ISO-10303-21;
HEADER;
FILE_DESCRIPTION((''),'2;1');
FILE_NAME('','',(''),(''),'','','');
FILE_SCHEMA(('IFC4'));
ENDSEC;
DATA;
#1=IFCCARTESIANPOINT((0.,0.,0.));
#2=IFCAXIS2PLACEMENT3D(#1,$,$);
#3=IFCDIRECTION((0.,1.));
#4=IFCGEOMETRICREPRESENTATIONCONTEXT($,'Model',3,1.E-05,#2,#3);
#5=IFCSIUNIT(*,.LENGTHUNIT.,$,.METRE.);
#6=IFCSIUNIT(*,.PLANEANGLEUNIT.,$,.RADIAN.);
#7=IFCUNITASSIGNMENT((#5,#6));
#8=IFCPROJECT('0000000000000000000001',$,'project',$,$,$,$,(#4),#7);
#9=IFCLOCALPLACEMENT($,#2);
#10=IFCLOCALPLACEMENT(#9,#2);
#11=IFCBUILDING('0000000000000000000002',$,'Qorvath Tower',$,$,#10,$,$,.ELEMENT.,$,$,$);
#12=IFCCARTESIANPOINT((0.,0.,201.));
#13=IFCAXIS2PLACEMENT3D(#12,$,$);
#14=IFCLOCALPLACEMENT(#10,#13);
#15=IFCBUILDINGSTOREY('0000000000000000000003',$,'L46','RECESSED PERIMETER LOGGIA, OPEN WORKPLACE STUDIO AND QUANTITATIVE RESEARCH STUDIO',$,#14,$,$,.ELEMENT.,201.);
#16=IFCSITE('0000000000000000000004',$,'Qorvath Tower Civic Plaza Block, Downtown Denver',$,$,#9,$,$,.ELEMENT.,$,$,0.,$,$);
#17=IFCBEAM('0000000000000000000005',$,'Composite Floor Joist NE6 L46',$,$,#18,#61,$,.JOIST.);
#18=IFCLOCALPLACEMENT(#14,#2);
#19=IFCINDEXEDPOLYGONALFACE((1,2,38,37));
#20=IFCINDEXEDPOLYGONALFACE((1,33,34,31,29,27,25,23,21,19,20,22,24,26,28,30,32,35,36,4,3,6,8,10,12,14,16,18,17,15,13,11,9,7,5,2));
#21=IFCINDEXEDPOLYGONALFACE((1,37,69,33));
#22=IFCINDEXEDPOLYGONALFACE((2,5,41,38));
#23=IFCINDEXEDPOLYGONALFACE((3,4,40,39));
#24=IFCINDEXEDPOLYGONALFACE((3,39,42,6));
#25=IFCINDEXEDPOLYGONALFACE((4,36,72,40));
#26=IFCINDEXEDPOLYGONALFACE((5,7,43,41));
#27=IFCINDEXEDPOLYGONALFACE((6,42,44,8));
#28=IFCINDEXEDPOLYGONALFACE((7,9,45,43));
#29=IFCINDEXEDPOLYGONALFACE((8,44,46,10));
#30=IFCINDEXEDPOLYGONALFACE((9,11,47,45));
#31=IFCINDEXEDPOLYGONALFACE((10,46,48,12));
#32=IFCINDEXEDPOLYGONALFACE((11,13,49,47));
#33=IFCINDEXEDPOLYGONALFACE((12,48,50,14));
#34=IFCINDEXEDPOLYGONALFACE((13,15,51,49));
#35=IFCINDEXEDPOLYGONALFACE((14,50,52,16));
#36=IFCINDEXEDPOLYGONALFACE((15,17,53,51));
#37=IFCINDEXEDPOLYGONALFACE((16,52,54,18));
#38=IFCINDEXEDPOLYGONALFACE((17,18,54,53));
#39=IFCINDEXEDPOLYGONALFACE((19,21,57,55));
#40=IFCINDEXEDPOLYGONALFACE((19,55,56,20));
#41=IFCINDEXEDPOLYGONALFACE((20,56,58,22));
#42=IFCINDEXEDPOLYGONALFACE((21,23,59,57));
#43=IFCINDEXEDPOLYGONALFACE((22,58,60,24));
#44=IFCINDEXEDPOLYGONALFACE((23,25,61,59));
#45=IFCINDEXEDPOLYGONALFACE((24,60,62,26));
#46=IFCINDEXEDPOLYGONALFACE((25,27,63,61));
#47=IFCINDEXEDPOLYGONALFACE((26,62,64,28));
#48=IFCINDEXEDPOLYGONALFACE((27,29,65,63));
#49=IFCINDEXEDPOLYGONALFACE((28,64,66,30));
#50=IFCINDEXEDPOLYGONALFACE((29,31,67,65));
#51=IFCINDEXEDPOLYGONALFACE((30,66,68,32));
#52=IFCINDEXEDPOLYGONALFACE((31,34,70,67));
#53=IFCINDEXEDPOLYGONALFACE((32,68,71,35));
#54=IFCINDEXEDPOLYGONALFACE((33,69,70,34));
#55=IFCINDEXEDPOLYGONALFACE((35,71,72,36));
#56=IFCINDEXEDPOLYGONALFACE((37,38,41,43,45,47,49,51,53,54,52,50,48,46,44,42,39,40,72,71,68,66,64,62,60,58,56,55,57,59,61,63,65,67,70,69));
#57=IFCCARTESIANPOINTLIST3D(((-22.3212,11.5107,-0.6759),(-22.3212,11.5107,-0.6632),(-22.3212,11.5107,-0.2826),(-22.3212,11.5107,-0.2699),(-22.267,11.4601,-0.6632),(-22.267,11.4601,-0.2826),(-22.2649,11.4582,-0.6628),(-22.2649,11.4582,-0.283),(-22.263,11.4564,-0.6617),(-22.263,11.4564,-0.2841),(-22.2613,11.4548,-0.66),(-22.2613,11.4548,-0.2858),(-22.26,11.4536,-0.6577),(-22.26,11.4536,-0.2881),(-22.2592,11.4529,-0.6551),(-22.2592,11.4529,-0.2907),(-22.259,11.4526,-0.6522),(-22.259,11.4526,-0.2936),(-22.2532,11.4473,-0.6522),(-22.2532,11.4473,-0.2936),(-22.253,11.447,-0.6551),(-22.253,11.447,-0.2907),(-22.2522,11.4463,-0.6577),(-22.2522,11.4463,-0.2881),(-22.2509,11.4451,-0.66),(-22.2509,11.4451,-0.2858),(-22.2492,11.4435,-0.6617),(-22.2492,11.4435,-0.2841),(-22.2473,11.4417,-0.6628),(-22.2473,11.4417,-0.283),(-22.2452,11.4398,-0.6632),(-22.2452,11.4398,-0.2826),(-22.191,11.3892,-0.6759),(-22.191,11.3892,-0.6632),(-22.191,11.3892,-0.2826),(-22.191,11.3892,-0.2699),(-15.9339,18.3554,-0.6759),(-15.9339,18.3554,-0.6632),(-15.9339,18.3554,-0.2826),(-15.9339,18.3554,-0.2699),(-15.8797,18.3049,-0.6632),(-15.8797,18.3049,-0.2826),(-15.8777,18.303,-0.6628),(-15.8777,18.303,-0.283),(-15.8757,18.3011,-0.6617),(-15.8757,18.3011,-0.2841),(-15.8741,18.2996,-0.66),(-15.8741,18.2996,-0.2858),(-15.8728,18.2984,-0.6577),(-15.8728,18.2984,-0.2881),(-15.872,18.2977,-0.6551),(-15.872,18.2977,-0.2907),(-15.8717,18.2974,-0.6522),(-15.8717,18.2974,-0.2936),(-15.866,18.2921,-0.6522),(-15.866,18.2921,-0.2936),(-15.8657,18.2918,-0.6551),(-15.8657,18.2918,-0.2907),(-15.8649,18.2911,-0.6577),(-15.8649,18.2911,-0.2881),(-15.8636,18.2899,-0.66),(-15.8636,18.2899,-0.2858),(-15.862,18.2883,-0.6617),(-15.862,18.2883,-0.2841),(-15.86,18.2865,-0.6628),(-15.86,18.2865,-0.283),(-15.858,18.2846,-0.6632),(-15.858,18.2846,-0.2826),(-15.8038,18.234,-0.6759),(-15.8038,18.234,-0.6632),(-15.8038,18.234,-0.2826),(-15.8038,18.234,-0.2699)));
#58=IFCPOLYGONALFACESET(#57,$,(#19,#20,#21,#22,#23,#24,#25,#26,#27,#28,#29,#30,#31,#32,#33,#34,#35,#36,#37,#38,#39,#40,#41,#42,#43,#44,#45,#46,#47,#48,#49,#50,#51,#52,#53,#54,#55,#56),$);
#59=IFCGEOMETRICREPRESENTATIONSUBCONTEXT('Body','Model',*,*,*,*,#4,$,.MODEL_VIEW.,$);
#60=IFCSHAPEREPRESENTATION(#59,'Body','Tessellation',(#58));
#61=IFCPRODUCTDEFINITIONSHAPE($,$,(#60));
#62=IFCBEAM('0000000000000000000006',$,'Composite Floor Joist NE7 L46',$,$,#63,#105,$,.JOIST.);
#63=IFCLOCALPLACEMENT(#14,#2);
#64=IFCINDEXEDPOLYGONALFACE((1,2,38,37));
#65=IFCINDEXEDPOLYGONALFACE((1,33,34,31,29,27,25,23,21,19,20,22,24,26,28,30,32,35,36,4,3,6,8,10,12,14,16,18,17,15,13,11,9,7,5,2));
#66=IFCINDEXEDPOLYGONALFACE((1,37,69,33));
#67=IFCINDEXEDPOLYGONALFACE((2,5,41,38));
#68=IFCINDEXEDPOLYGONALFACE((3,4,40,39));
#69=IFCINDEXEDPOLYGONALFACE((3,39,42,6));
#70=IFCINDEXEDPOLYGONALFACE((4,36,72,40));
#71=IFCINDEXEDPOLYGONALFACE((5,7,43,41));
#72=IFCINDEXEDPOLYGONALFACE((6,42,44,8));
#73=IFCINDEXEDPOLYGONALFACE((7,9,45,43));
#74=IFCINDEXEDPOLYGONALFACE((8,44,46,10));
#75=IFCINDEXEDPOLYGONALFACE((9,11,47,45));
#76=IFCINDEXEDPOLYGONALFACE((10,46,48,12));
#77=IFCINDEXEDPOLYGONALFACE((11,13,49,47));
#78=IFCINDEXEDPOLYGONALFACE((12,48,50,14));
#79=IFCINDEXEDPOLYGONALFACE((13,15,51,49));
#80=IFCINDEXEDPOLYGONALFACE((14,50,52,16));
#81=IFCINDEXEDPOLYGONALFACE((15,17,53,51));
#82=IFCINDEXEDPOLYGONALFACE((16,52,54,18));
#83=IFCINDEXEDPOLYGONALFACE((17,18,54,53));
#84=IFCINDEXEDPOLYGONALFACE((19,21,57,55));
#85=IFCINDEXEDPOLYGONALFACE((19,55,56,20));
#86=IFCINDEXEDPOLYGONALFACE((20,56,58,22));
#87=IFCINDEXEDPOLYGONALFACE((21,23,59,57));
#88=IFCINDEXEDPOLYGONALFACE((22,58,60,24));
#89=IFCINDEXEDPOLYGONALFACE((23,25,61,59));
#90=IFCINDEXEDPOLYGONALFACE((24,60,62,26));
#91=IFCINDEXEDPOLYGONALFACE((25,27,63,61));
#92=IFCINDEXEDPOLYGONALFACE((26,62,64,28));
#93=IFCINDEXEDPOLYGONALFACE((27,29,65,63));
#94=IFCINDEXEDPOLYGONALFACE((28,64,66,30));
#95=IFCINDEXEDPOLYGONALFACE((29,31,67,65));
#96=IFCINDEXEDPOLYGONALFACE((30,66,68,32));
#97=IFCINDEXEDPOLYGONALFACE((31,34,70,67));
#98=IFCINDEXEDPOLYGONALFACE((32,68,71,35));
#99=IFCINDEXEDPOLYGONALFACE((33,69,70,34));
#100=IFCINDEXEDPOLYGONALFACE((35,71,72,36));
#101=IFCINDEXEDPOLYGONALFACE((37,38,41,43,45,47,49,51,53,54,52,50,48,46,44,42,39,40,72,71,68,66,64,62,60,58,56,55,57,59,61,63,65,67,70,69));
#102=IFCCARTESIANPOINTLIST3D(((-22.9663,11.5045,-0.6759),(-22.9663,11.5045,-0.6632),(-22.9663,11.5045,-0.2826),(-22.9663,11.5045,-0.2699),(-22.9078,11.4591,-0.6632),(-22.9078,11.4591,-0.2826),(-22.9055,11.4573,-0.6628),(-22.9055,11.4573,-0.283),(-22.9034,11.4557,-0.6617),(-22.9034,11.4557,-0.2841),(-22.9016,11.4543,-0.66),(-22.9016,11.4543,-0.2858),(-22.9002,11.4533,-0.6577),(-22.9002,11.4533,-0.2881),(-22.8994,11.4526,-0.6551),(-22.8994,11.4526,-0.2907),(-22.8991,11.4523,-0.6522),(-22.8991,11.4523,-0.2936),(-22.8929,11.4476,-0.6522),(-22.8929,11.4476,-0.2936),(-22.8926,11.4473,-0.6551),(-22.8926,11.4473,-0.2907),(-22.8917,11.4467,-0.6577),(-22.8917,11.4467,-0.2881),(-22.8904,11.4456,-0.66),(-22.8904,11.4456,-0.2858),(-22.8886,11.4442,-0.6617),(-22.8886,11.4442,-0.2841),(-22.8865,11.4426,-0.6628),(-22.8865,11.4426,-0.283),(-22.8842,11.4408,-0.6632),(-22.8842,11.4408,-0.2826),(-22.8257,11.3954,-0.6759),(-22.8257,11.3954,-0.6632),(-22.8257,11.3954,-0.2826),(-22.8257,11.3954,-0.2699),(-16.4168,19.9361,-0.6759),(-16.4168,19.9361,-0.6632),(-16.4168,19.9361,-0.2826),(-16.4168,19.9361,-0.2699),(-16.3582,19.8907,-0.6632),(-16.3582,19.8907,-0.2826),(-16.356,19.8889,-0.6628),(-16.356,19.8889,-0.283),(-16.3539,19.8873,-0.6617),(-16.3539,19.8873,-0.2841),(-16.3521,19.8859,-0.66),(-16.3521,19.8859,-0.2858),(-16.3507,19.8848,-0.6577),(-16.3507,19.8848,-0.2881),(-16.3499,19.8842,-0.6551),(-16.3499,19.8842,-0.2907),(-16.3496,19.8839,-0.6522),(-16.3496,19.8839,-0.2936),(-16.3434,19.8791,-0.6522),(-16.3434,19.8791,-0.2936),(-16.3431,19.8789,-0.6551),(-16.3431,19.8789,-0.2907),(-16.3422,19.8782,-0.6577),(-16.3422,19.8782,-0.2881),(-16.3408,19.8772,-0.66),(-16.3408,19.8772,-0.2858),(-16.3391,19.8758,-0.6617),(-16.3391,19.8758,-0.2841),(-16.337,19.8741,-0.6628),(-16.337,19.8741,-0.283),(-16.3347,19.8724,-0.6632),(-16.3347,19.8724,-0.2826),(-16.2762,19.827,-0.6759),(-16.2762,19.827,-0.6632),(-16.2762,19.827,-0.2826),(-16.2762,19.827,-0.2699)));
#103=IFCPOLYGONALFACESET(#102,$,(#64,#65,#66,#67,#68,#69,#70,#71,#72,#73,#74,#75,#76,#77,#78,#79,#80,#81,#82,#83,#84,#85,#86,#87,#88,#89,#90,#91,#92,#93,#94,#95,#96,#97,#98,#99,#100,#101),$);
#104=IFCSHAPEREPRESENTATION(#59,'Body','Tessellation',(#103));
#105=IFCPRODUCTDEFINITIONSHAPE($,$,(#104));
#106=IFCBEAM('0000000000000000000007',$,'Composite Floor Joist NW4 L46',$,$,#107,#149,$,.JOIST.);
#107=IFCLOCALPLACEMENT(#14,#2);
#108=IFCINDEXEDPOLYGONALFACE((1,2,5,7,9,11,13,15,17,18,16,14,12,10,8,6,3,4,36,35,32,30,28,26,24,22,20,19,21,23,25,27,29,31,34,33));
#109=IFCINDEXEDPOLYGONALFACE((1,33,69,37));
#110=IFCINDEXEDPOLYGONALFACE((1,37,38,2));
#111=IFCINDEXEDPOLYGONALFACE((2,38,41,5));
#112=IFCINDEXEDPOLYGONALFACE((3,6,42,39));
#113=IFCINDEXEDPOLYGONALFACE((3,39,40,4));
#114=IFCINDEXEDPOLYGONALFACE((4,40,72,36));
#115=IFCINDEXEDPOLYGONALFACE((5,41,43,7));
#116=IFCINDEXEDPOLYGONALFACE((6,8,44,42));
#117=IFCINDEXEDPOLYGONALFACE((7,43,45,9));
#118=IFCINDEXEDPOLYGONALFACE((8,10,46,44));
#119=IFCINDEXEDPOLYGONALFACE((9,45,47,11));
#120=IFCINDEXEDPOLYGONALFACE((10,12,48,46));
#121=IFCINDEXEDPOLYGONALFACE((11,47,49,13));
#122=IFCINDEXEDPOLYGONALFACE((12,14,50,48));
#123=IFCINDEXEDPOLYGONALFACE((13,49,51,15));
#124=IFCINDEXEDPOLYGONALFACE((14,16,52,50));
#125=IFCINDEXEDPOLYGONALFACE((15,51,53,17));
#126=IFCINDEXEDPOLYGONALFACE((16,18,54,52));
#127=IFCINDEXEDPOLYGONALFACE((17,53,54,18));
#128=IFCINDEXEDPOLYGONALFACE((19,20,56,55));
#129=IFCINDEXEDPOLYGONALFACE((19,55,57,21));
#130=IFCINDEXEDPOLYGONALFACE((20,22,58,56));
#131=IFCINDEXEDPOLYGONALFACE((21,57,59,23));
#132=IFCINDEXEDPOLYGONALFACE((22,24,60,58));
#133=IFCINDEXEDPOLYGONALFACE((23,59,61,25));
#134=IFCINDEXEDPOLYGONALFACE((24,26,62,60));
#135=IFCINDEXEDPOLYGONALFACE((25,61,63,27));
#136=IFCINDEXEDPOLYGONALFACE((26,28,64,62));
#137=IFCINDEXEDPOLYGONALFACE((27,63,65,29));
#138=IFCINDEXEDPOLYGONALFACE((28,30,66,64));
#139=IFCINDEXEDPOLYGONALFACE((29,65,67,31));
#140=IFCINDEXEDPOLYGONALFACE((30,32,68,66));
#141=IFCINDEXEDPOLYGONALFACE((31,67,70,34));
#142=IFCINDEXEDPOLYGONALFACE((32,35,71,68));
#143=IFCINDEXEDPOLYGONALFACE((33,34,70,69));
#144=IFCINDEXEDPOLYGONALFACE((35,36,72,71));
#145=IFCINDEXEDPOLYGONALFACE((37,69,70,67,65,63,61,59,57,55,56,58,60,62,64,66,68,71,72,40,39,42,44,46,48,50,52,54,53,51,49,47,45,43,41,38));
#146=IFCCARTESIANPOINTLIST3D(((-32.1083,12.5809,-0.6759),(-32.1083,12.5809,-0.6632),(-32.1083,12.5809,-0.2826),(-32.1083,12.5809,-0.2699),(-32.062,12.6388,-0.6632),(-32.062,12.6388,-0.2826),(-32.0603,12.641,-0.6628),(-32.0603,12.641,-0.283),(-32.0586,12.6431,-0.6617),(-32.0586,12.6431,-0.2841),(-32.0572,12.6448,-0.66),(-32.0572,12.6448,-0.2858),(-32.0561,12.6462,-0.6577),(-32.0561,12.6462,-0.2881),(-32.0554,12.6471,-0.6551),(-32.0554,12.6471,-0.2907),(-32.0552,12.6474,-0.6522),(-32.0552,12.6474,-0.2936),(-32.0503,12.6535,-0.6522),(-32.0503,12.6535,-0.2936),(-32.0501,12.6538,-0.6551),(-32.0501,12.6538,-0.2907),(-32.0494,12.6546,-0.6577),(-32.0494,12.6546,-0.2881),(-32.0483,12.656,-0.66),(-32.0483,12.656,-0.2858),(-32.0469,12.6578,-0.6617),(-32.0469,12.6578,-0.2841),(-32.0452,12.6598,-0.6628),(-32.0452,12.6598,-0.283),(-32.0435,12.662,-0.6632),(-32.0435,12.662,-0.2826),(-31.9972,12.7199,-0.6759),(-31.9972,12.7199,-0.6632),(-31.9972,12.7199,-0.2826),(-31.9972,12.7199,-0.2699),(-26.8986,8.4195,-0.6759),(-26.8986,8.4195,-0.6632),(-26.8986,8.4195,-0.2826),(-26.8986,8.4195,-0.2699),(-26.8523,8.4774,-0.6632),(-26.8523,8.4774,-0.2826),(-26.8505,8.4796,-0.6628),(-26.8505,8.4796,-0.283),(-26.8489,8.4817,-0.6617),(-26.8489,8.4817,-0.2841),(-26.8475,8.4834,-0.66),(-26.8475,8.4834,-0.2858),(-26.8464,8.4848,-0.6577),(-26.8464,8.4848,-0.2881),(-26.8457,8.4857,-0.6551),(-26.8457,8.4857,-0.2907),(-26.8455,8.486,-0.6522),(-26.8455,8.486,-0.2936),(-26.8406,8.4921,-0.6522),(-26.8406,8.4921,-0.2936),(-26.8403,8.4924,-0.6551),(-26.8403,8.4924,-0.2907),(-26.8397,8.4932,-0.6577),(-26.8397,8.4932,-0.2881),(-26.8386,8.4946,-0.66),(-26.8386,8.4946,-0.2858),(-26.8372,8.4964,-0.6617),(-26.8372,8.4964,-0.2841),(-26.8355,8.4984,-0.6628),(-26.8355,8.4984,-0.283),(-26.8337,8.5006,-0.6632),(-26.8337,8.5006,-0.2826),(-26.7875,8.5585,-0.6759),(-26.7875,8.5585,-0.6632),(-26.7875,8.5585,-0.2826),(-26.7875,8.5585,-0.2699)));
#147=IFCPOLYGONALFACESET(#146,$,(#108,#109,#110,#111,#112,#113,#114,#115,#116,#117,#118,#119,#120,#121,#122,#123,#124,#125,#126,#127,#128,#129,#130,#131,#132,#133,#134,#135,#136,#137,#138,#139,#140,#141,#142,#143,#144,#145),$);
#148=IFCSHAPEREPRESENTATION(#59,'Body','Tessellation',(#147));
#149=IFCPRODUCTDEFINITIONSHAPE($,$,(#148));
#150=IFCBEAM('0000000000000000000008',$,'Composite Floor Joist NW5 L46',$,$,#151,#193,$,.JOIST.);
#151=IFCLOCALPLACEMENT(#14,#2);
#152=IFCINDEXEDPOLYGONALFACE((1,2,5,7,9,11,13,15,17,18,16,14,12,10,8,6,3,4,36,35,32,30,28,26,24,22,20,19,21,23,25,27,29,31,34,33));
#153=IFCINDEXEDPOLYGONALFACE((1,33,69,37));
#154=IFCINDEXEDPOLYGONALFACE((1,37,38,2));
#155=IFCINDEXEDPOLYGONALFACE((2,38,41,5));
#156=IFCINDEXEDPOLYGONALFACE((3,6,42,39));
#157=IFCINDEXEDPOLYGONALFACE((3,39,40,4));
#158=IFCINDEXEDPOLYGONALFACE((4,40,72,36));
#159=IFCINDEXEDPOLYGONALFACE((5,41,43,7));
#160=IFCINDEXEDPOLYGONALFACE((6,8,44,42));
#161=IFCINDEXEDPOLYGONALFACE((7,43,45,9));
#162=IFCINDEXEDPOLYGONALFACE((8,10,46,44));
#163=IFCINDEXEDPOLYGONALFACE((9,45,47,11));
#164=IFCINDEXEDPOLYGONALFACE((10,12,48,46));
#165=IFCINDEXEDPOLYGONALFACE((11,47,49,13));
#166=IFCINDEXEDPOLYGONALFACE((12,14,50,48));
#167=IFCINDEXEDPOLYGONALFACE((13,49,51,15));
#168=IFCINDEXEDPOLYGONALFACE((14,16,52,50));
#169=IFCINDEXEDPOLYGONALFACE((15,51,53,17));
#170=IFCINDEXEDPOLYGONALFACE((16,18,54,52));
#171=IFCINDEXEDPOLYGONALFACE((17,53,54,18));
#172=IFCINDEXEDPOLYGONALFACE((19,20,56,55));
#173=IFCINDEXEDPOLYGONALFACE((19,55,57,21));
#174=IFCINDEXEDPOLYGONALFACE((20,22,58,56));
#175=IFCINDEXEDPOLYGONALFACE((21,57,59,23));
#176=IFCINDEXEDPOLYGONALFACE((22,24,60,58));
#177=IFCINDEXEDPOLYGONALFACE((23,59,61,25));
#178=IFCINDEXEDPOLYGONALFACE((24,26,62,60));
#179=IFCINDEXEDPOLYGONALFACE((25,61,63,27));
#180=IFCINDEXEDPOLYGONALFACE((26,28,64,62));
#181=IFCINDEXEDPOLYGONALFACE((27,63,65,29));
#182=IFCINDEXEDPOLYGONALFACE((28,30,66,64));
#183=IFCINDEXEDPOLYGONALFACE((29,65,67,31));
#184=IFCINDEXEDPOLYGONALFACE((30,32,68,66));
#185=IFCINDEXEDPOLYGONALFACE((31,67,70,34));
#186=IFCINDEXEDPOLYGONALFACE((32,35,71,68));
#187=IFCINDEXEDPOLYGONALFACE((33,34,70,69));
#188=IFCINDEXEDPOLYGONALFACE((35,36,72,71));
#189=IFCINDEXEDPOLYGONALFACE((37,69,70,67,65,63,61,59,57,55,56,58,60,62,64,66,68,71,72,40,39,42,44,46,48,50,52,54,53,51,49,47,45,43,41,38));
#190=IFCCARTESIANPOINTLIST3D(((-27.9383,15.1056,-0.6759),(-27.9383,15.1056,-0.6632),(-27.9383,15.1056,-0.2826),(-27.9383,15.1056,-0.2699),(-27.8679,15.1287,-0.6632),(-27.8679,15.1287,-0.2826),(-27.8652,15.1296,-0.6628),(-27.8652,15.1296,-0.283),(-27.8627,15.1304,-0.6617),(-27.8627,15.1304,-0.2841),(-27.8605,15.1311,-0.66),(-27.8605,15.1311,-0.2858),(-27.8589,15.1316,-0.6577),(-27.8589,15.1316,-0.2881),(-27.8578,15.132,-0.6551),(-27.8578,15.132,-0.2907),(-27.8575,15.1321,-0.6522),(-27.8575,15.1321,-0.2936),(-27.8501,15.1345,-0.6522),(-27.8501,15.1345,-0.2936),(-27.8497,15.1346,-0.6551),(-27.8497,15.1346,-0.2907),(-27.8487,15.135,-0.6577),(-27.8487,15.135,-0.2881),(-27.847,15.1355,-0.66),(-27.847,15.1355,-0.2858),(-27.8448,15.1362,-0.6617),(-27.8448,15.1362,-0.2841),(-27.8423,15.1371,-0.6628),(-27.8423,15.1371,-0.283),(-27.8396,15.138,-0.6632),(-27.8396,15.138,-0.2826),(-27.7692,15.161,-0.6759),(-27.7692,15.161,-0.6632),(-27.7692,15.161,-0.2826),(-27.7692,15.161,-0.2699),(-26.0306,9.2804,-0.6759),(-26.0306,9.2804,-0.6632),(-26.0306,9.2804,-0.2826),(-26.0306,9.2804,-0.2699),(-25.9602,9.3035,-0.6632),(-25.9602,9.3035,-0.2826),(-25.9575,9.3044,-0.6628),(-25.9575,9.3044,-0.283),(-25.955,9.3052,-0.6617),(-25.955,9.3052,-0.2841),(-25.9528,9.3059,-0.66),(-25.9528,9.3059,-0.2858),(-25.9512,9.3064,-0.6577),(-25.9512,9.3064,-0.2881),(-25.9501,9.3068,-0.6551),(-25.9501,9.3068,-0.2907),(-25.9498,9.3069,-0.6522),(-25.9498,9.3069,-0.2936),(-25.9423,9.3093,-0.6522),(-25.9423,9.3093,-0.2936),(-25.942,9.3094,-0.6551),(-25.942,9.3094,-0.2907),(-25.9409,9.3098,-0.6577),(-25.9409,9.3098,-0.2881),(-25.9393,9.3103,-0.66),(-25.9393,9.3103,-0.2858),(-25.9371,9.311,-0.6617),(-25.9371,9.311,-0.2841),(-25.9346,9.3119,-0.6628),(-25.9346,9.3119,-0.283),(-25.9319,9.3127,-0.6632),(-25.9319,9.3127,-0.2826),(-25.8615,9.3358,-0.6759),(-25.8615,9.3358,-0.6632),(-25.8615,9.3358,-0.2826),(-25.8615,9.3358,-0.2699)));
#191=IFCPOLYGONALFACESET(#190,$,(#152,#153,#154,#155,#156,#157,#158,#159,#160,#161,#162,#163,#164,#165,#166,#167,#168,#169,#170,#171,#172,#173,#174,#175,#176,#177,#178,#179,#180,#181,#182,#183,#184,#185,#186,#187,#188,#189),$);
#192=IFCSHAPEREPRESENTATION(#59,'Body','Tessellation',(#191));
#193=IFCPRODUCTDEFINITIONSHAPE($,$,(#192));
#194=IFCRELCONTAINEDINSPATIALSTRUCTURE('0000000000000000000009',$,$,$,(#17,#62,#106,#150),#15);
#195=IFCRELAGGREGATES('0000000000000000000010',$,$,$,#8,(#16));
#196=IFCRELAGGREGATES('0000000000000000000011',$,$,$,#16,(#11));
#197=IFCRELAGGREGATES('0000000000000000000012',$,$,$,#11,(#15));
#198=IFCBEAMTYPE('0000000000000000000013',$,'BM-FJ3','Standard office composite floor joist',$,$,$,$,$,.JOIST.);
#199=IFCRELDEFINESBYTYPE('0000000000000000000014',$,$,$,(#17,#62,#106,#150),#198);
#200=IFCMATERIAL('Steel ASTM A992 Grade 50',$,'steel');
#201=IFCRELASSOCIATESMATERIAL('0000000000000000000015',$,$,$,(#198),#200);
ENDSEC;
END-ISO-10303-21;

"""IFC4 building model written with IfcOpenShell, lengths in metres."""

from ifc_helpers import new_model, si_unit, direction, frame, origin, origin_2d, place, context, subcontext, project, spatial, i_section, extrude, material, material_profile, profile_set, type_object, element, save


model = new_model("IFC4")

# Units and contexts
model_context = context("Model", 3, precision=1e-05, world=origin(), true_north=direction((0.0, 1.0)))
body_context = subcontext(model_context, "Body", "Model", "MODEL_VIEW")
ifc_project = project(units=[si_unit("LENGTHUNIT", "METRE"), si_unit("PLANEANGLEUNIT", "RADIAN")], contexts=[model_context])

# Site, building, storey
site_placement = place(None, origin())
site = spatial("IfcSite", under=ifc_project, at=site_placement, Name="Qorvath Tower Civic Plaza Block, Downtown Denver", CompositionType="ELEMENT", RefElevation=0.0)
building_placement = place(site_placement, origin())
building = spatial("IfcBuilding", under=site, at=building_placement, Name="Qorvath Tower", CompositionType="ELEMENT")
storey_placement = place(building_placement, frame((0.0, 0.0, 201.0)))
storey = spatial("IfcBuildingStorey", under=building, at=storey_placement, Name="L46", Description="RECESSED PERIMETER LOGGIA, OPEN WORKPLACE STUDIO AND QUANTITATIVE RESEARCH STUDIO", CompositionType="ELEMENT", Elevation=201.0)

# Beams
ifc_material_1 = material(Name="Steel ASTM A992 Grade 50", Category="steel")
ifc_material_profile_1 = material_profile(ifc_material_1, i_section(OverallWidth=0.178, OverallDepth=0.406, WebThickness=0.0078, FlangeThickness=0.0127, FilletRadius=0.011, at=origin_2d()), Name="W16x40")
ifc_profile_set_1 = profile_set([ifc_material_profile_1], Name="Steel ASTM A992 Grade 50")
beam_type_1 = type_object("IfcBeamType", Name="BM-FJ3", Description="Standard office composite floor joist", PredefinedType="JOIST", material=ifc_profile_set_1)
beam_1_placement = place(storey_placement, frame((-22.2561, 11.45, -0.4729), z_axis=(0.682249, 0.731119, 0.0), x_axis=(-0.731119, 0.682249, 0.0)))
element("IfcBeam", 1, at=beam_1_placement, inside=storey, type_object=beam_type_1, Name="Composite Floor Joist NE6 L46", PredefinedType="JOIST", context=body_context, shape_type="SweptSolid", body=[
    extrude(i_section(OverallWidth=0.178, OverallDepth=0.406, WebThickness=0.0078, FlangeThickness=0.0127, FilletRadius=0.011, at=origin_2d()), origin(), (0.0, 0.0, 1.0), 9.3621),
])
beam_2_placement = place(storey_placement, frame((-22.896, 11.45, -0.4729), z_axis=(0.613451, 0.789733, 0.0), x_axis=(-0.789733, 0.613451, 0.0)))
element("IfcBeam", 2, at=beam_2_placement, inside=storey, type_object=beam_type_1, Name="Composite Floor Joist NE7 L46", PredefinedType="JOIST", context=body_context, shape_type="SweptSolid", body=[
    extrude(i_section(OverallWidth=0.178, OverallDepth=0.406, WebThickness=0.0078, FlangeThickness=0.0127, FilletRadius=0.011, at=origin_2d()), origin(), (0.0, 0.0, 1.0), 10.6765),
])
beam_3_placement = place(storey_placement, frame((-26.843, 8.489, -0.4729), z_axis=(-0.781337, 0.62411, 0.0), x_axis=(-0.62411, -0.781337, 0.0)))
element("IfcBeam", 3, at=beam_3_placement, inside=storey, type_object=beam_type_1, Name="Composite Floor Joist NW4 L46", PredefinedType="JOIST", context=body_context, shape_type="SweptSolid", body=[
    extrude(i_section(OverallWidth=0.178, OverallDepth=0.406, WebThickness=0.0078, FlangeThickness=0.0127, FilletRadius=0.011, at=origin_2d()), origin(), (0.0, 0.0, 1.0), 6.6677),
])
beam_4_placement = place(storey_placement, frame((-25.946, 9.3081, -0.4729), z_axis=(-0.311229, 0.950335, 0.0), x_axis=(-0.950335, -0.311229, 0.0)))
element("IfcBeam", 4, at=beam_4_placement, inside=storey, type_object=beam_type_1, Name="Composite Floor Joist NW5 L46", PredefinedType="JOIST", context=body_context, shape_type="SweptSolid", body=[
    extrude(i_section(OverallWidth=0.178, OverallDepth=0.406, WebThickness=0.0078, FlangeThickness=0.0127, FilletRadius=0.011, at=origin_2d()), origin(), (0.0, 0.0, 1.0), 6.1296),
])

save(model, "model.ifc")
